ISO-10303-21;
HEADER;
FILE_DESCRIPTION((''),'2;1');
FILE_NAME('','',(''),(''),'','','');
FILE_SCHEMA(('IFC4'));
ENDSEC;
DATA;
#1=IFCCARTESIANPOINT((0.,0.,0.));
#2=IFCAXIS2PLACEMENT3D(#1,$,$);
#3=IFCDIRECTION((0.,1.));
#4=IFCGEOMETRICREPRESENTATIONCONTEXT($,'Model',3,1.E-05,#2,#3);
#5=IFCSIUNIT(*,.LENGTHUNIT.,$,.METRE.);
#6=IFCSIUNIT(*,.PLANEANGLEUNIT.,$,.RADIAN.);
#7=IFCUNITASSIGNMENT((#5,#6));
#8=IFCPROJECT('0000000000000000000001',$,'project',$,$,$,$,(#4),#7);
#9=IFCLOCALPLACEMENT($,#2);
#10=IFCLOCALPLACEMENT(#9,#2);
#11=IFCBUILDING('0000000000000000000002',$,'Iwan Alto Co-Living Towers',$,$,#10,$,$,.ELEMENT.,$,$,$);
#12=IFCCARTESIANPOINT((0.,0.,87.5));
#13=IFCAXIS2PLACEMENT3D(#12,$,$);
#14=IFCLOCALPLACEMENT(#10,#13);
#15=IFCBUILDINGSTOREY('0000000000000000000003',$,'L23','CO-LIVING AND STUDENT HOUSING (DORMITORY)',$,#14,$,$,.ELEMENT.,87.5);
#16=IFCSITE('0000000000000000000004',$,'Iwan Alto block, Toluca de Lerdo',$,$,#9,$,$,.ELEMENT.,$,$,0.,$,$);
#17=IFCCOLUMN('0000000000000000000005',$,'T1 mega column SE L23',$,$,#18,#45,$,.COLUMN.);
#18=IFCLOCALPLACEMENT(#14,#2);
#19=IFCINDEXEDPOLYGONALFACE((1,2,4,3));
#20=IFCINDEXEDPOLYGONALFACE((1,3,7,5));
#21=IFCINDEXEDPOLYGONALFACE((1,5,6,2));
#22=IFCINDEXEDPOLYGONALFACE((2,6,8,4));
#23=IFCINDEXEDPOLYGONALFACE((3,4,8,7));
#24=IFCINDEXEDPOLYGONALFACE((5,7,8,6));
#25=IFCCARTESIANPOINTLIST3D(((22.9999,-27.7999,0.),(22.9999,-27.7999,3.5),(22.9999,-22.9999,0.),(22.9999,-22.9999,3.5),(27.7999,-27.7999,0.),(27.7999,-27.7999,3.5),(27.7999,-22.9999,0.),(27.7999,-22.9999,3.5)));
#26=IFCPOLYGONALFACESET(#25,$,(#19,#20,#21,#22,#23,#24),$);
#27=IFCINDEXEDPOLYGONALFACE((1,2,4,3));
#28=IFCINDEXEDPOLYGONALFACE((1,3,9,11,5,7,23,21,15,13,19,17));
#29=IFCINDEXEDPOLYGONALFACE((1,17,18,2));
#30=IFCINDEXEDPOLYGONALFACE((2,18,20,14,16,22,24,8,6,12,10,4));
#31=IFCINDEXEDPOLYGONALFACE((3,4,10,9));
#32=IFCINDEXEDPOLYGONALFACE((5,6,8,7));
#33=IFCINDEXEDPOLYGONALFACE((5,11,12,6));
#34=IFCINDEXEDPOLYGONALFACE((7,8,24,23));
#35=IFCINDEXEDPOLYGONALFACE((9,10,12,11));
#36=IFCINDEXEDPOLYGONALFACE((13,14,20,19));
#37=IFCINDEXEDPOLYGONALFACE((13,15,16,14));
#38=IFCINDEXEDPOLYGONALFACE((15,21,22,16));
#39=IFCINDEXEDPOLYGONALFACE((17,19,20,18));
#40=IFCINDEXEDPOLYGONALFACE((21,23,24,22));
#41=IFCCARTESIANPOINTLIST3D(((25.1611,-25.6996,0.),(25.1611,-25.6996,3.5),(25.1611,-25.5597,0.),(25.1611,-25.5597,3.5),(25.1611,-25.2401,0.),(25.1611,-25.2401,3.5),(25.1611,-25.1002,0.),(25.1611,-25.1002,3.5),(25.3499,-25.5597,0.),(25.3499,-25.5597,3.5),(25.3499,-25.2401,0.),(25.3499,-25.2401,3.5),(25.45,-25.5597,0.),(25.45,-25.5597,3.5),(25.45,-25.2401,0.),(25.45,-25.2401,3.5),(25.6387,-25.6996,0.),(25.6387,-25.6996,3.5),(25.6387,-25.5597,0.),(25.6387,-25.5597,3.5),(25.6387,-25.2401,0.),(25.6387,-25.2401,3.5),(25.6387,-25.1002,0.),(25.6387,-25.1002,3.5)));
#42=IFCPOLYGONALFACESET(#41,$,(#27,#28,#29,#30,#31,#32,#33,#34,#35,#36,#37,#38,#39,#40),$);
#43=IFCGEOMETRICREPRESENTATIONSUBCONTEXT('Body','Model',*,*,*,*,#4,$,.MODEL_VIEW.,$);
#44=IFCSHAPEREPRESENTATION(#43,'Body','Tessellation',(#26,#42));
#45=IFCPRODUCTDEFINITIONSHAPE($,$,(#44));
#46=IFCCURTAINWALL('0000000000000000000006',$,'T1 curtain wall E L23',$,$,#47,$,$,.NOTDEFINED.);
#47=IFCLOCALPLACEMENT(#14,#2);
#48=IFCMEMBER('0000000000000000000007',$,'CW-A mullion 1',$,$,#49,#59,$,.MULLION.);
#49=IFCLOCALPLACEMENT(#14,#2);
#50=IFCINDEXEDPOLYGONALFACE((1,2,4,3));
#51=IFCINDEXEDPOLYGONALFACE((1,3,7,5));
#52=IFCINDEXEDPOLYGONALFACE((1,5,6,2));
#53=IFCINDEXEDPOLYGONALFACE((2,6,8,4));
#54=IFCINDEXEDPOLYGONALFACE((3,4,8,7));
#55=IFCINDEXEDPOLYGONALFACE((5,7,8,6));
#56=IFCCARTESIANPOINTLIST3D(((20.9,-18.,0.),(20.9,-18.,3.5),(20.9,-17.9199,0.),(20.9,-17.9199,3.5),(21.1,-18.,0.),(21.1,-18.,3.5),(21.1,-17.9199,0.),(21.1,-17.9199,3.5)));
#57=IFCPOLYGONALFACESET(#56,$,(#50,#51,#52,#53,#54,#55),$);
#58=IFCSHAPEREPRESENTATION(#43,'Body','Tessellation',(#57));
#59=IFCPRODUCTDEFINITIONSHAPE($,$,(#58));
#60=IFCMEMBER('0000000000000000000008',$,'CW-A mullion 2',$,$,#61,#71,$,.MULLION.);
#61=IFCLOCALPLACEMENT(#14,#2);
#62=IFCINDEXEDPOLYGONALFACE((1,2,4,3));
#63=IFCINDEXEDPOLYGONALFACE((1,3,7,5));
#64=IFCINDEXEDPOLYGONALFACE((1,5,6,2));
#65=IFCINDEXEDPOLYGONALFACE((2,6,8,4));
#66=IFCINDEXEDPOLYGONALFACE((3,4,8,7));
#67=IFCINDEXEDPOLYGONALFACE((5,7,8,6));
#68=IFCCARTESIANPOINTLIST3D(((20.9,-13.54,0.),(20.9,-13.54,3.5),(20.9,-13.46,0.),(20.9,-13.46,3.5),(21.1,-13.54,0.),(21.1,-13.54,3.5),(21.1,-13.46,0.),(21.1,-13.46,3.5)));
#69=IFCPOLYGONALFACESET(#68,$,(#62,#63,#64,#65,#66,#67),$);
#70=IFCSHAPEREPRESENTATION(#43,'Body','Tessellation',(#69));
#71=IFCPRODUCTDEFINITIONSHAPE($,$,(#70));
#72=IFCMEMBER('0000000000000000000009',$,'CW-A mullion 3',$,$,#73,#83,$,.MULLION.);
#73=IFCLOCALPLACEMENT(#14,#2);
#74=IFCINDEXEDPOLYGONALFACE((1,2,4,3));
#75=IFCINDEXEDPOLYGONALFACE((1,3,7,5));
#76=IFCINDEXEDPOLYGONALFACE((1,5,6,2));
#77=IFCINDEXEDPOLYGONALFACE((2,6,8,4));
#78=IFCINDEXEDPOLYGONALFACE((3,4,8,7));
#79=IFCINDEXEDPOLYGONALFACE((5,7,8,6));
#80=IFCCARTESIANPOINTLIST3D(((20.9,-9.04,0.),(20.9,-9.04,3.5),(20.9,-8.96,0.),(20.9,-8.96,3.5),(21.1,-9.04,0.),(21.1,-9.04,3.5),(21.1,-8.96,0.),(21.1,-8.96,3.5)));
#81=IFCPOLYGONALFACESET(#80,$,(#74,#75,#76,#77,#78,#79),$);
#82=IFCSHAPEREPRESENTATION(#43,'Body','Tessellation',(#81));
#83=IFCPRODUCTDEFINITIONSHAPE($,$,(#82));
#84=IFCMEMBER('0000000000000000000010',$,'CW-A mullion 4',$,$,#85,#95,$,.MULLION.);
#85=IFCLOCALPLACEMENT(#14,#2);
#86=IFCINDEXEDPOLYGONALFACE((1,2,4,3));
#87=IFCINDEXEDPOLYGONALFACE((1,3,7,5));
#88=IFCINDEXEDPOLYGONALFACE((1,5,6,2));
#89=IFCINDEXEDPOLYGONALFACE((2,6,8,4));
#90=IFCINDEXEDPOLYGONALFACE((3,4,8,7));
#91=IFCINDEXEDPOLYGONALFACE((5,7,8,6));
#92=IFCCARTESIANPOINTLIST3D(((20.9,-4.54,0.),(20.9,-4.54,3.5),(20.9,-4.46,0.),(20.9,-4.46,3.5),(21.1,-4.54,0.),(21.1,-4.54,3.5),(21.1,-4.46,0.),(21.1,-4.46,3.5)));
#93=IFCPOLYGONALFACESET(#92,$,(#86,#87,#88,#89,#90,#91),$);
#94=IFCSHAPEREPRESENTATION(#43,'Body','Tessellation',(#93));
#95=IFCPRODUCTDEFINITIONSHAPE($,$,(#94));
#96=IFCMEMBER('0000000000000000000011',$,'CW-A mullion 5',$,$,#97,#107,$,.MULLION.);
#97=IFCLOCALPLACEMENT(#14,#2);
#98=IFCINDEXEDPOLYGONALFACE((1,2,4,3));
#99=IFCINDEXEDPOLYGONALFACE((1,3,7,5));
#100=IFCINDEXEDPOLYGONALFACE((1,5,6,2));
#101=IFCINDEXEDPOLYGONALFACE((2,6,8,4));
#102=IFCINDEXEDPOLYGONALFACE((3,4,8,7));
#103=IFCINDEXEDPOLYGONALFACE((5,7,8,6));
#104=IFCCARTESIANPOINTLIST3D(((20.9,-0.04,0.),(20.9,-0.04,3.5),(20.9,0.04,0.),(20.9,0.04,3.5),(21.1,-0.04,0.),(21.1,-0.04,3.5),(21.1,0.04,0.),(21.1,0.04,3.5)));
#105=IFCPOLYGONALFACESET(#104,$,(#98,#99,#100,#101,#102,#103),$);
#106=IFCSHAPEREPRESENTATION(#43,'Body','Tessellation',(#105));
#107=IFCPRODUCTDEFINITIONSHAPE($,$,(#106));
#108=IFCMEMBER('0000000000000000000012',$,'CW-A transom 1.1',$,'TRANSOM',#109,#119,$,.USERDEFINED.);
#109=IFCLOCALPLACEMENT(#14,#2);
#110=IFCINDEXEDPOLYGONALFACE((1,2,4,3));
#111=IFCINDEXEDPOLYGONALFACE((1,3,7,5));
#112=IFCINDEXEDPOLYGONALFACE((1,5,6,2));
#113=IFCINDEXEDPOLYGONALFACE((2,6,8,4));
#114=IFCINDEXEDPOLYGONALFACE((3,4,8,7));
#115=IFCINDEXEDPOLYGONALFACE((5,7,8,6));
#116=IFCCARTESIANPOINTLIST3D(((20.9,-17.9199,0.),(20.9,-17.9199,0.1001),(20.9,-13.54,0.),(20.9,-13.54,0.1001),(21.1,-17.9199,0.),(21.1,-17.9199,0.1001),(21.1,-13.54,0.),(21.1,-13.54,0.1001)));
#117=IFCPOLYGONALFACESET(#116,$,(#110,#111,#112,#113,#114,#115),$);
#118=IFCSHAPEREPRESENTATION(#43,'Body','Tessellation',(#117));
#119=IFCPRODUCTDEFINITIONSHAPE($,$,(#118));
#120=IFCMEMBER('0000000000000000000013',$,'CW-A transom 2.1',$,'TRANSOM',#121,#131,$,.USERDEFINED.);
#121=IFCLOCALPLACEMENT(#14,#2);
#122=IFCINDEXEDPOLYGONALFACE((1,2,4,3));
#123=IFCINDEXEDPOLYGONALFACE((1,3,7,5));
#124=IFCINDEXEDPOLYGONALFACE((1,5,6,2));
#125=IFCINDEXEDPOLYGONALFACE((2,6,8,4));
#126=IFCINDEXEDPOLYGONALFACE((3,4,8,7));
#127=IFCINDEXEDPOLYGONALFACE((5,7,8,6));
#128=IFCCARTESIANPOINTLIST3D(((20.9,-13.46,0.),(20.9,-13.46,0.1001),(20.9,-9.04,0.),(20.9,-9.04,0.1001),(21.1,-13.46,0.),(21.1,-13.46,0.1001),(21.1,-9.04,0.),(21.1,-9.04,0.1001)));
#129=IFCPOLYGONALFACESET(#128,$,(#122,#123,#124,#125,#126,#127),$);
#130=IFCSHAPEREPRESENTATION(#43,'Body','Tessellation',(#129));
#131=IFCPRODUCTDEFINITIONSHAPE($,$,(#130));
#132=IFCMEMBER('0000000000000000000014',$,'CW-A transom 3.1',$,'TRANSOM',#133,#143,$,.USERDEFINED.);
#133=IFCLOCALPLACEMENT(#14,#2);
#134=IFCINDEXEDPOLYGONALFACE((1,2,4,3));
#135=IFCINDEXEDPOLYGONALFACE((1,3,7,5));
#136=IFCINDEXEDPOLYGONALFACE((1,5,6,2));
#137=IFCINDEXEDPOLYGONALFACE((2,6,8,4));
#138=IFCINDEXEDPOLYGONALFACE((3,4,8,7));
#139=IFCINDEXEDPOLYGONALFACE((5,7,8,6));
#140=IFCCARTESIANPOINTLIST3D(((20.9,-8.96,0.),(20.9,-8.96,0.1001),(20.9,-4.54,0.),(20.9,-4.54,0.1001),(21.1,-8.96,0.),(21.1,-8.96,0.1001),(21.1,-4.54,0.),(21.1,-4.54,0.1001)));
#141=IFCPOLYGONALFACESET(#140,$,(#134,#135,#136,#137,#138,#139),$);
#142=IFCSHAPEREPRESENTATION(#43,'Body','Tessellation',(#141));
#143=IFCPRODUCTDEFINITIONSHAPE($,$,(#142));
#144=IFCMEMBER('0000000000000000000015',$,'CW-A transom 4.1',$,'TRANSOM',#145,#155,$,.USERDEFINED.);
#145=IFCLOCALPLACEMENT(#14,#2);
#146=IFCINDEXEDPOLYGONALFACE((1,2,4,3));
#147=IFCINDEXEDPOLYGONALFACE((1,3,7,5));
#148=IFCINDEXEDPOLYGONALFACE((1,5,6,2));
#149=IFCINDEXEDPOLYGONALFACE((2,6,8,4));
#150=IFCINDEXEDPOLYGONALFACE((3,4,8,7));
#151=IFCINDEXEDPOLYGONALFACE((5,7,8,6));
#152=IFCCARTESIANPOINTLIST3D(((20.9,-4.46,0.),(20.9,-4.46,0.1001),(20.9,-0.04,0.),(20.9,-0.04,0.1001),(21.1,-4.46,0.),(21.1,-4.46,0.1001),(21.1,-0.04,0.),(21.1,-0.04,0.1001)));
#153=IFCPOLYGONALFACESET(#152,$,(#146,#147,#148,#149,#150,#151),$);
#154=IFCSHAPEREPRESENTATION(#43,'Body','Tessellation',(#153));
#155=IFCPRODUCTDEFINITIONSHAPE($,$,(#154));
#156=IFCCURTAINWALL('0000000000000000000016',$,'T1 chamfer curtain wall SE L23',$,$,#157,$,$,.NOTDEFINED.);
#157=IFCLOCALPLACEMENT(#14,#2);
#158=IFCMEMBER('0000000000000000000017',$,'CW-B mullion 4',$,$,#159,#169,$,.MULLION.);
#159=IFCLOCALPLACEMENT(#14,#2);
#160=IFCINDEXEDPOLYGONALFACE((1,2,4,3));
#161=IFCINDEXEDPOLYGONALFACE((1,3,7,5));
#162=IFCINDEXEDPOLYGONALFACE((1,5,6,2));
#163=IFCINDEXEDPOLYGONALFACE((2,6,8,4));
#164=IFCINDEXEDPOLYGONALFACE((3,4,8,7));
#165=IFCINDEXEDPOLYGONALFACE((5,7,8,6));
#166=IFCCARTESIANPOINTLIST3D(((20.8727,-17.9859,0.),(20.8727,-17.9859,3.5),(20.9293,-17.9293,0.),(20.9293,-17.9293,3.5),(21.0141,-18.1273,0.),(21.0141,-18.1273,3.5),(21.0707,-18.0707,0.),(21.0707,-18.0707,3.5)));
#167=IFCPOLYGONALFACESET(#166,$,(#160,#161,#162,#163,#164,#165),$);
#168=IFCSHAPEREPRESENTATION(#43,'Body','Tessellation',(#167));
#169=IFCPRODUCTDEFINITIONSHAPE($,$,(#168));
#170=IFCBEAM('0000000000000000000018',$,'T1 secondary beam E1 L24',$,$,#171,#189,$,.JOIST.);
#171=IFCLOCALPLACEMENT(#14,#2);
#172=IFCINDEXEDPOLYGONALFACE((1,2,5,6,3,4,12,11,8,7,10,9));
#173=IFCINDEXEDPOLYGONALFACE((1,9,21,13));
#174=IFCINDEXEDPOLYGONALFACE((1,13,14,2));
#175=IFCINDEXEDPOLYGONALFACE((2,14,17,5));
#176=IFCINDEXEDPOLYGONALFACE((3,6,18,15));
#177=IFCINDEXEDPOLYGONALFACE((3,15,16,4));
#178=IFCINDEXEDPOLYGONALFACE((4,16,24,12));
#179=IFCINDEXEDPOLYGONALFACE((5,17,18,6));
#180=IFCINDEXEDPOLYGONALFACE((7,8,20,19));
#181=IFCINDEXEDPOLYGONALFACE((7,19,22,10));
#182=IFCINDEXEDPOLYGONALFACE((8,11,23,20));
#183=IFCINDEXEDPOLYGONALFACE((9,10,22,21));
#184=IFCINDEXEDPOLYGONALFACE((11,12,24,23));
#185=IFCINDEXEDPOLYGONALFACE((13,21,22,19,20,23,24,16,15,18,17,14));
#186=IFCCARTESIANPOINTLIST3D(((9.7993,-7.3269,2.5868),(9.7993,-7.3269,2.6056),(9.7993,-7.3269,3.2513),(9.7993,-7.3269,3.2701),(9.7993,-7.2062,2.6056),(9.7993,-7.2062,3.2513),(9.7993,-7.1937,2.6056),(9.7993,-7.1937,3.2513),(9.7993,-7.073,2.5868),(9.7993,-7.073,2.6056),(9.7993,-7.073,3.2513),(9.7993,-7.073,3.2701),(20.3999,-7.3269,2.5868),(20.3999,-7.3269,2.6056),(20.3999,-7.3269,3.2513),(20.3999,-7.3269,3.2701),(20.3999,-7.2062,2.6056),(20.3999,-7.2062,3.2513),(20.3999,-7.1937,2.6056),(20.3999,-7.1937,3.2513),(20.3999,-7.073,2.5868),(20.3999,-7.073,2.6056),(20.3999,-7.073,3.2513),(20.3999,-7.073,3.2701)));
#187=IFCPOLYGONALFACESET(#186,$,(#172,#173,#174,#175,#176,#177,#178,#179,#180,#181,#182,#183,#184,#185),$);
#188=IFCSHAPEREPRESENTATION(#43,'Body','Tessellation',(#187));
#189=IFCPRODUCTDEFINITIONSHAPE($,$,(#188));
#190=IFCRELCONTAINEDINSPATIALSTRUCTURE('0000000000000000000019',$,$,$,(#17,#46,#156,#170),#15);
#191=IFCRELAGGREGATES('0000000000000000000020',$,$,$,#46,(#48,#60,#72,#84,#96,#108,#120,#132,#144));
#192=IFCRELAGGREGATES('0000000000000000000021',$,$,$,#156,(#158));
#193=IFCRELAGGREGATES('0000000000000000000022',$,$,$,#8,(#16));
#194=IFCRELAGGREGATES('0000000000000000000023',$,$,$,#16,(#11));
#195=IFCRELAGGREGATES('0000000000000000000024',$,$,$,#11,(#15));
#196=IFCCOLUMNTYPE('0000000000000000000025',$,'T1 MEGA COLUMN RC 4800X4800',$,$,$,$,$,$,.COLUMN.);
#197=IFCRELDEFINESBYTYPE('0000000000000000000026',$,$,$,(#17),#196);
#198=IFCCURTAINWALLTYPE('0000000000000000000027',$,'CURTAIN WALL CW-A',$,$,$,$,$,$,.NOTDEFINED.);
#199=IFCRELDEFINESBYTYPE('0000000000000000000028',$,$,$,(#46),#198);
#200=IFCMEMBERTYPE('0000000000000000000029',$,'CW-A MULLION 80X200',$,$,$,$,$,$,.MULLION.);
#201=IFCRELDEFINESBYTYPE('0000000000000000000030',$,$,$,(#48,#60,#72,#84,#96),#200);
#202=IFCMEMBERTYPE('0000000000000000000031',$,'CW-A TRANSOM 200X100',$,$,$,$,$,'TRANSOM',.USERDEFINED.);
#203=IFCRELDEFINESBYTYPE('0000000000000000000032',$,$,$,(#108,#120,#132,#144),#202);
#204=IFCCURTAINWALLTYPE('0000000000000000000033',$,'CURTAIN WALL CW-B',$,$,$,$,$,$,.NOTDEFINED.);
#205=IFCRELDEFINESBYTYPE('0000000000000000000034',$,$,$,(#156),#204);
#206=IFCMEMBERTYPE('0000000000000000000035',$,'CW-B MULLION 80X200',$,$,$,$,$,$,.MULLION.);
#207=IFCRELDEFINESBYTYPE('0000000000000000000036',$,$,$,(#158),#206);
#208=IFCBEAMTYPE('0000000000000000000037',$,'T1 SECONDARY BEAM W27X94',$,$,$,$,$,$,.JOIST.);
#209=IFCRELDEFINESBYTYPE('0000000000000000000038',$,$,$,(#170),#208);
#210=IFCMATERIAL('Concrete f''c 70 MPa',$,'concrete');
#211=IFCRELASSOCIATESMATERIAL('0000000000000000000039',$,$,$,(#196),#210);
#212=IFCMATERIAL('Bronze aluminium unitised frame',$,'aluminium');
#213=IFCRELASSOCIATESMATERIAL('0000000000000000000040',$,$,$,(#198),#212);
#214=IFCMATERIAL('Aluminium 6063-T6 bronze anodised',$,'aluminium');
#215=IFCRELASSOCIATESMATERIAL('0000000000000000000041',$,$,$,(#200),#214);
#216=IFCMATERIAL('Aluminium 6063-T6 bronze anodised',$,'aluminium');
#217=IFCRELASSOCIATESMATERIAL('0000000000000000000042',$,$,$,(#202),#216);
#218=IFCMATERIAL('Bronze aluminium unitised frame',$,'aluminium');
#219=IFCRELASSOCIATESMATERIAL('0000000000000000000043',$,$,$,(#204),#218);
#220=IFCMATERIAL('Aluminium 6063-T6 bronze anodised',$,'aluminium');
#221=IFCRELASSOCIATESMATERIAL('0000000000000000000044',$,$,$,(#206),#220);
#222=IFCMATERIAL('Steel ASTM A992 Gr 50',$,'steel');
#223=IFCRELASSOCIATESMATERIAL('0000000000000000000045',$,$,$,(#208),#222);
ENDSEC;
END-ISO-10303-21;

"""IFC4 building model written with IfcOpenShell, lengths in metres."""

from ifc_helpers import new_model, si_unit, direction, frame, origin, origin_2d, place, context, subcontext, project, spatial, rectangle, i_section, extrude, material, material_profile, profile_set, type_object, element, aggregate, save


model = new_model("IFC4")

# Units and contexts
model_context = context("Model", 3, precision=1e-05, world=origin(), true_north=direction((0.0, 1.0)))
body_context = subcontext(model_context, "Body", "Model", "MODEL_VIEW")
ifc_project = project(units=[si_unit("LENGTHUNIT", "METRE"), si_unit("PLANEANGLEUNIT", "RADIAN")], contexts=[model_context])

# Site, building, storey
site_placement = place(None, origin())
site = spatial("IfcSite", under=ifc_project, at=site_placement, Name="Iwan Alto block, Toluca de Lerdo", CompositionType="ELEMENT", RefElevation=0.0)
building_placement = place(site_placement, origin())
building = spatial("IfcBuilding", under=site, at=building_placement, Name="Iwan Alto Co-Living Towers", CompositionType="ELEMENT")
storey_placement = place(building_placement, frame((0.0, 0.0, 87.5)))
storey = spatial("IfcBuildingStorey", under=building, at=storey_placement, Name="L23", Description="CO-LIVING AND STUDENT HOUSING (DORMITORY)", CompositionType="ELEMENT", Elevation=87.5)

# Column
ifc_material_1 = material(Name="Concrete f'c 70 MPa", Category="concrete")
ifc_material_profile_1 = material_profile(ifc_material_1, rectangle(XDim=4.8, YDim=4.8, at=origin_2d()), Name="RC 4800X4800")
ifc_profile_set_1 = profile_set([ifc_material_profile_1], Name="Concrete f'c 70 MPa")
column_type = type_object("IfcColumnType", Name="T1 MEGA COLUMN RC 4800X4800", PredefinedType="COLUMN", material=ifc_profile_set_1)
column_placement = place(storey_placement, frame((25.3999, -25.3999, 0.0), z_axis=(0.0, 0.0, 1.0), x_axis=(1.0, 0.0, 0.0)))
element("IfcColumn", 1, at=column_placement, inside=storey, type_object=column_type, Name="T1 mega column SE L23", PredefinedType="COLUMN", context=body_context, shape_type="SweptSolid", body=[
    extrude(rectangle(XDim=4.8, YDim=4.8, at=origin_2d()), origin(), (0.0, 0.0, 1.0), 3.5),
    extrude(i_section(OverallWidth=0.4775, OverallDepth=0.5994, WebThickness=0.1001, FlangeThickness=0.1399, at=origin_2d()), origin(), (0.0, 0.0, 1.0), 3.5),
])

# Curtain wall, members
ifc_material_2 = material(Name="Bronze aluminium unitised frame", Category="aluminium")
curtain_wall_type_1 = type_object("IfcCurtainWallType", Name="CURTAIN WALL CW-A", PredefinedType="NOTDEFINED", material=ifc_material_2)
curtain_wall_1_placement = place(storey_placement, origin())
curtain_wall_1 = element("IfcCurtainWall", 2, at=curtain_wall_1_placement, inside=storey, type_object=curtain_wall_type_1, Name="T1 curtain wall E L23", PredefinedType="NOTDEFINED")
ifc_material_3 = material(Name="Aluminium 6063-T6 bronze anodised", Category="aluminium")
ifc_material_profile_2 = material_profile(ifc_material_3, rectangle(XDim=0.2, YDim=0.0801, at=origin_2d()), Name="AL 80X200")
ifc_profile_set_2 = profile_set([ifc_material_profile_2], Name="Aluminium 6063-T6 bronze anodised")
member_type_1 = type_object("IfcMemberType", Name="CW-A MULLION 80X200", PredefinedType="MULLION", material=ifc_profile_set_2)
member_1_placement = place(storey_placement, frame((21.0, -17.96, 0.0), z_axis=(0.0, 0.0, 1.0), x_axis=(-1.0, 0.0, 0.0)))
member_1 = element("IfcMember", 3, at=member_1_placement, type_object=member_type_1, Name="CW-A mullion 1", PredefinedType="MULLION", context=body_context, shape_type="SweptSolid", body=[
    extrude(rectangle(XDim=0.2, YDim=0.0801, at=origin_2d()), origin(), (0.0, 0.0, 1.0), 3.5),
])
member_2_placement = place(storey_placement, frame((21.0, -13.5, 0.0), z_axis=(0.0, 0.0, 1.0), x_axis=(-1.0, 0.0, 0.0)))
member_2 = element("IfcMember", 4, at=member_2_placement, type_object=member_type_1, Name="CW-A mullion 2", PredefinedType="MULLION", context=body_context, shape_type="SweptSolid", body=[
    extrude(rectangle(XDim=0.2, YDim=0.0801, at=origin_2d()), origin(), (0.0, 0.0, 1.0), 3.5),
])
member_3_placement = place(storey_placement, frame((21.0, -9.0, 0.0), z_axis=(0.0, 0.0, 1.0), x_axis=(-1.0, 0.0, 0.0)))
member_3 = element("IfcMember", 5, at=member_3_placement, type_object=member_type_1, Name="CW-A mullion 3", PredefinedType="MULLION", context=body_context, shape_type="SweptSolid", body=[
    extrude(rectangle(XDim=0.2, YDim=0.0801, at=origin_2d()), origin(), (0.0, 0.0, 1.0), 3.5),
])
member_4_placement = place(storey_placement, frame((21.0, -4.5, 0.0), z_axis=(0.0, 0.0, 1.0), x_axis=(-1.0, 0.0, 0.0)))
member_4 = element("IfcMember", 6, at=member_4_placement, type_object=member_type_1, Name="CW-A mullion 4", PredefinedType="MULLION", context=body_context, shape_type="SweptSolid", body=[
    extrude(rectangle(XDim=0.2, YDim=0.0801, at=origin_2d()), origin(), (0.0, 0.0, 1.0), 3.5),
])
member_5_placement = place(storey_placement, frame((21.0, 0.0, 0.0), z_axis=(0.0, 0.0, 1.0), x_axis=(-1.0, 0.0, 0.0)))
member_5 = element("IfcMember", 7, at=member_5_placement, type_object=member_type_1, Name="CW-A mullion 5", PredefinedType="MULLION", context=body_context, shape_type="SweptSolid", body=[
    extrude(rectangle(XDim=0.2, YDim=0.0801, at=origin_2d()), origin(), (0.0, 0.0, 1.0), 3.5),
])
ifc_material_4 = material(Name="Aluminium 6063-T6 bronze anodised", Category="aluminium")
ifc_material_profile_3 = material_profile(ifc_material_4, rectangle(XDim=0.2, YDim=0.1001, at=origin_2d()), Name="AL 200X100")
ifc_profile_set_3 = profile_set([ifc_material_profile_3], Name="Aluminium 6063-T6 bronze anodised")
member_type_2 = type_object("IfcMemberType", Name="CW-A TRANSOM 200X100", ElementType="TRANSOM", PredefinedType="USERDEFINED", material=ifc_profile_set_3)
member_6_placement = place(storey_placement, frame((21.0, -17.9199, 0.05), z_axis=(0.0, 1.0, 0.0), x_axis=(-1.0, 0.0, 0.0)))
member_6 = element("IfcMember", 8, at=member_6_placement, type_object=member_type_2, Name="CW-A transom 1.1", ObjectType="TRANSOM", PredefinedType="USERDEFINED", context=body_context, shape_type="SweptSolid", body=[
    extrude(rectangle(XDim=0.2, YDim=0.1001, at=origin_2d()), origin(), (0.0, 0.0, 1.0), 4.3799),
])
member_7_placement = place(storey_placement, frame((21.0, -13.46, 0.05), z_axis=(0.0, 1.0, 0.0), x_axis=(-1.0, 0.0, 0.0)))
member_7 = element("IfcMember", 9, at=member_7_placement, type_object=member_type_2, Name="CW-A transom 2.1", ObjectType="TRANSOM", PredefinedType="USERDEFINED", context=body_context, shape_type="SweptSolid", body=[
    extrude(rectangle(XDim=0.2, YDim=0.1001, at=origin_2d()), origin(), (0.0, 0.0, 1.0), 4.4199),
])
member_8_placement = place(storey_placement, frame((21.0, -8.96, 0.05), z_axis=(0.0, 1.0, 0.0), x_axis=(-1.0, 0.0, 0.0)))
member_8 = element("IfcMember", 10, at=member_8_placement, type_object=member_type_2, Name="CW-A transom 3.1", ObjectType="TRANSOM", PredefinedType="USERDEFINED", context=body_context, shape_type="SweptSolid", body=[
    extrude(rectangle(XDim=0.2, YDim=0.1001, at=origin_2d()), origin(), (0.0, 0.0, 1.0), 4.4199),
])
member_9_placement = place(storey_placement, frame((21.0, -4.46, 0.05), z_axis=(0.0, 1.0, 0.0), x_axis=(-1.0, 0.0, 0.0)))
member_9 = element("IfcMember", 11, at=member_9_placement, type_object=member_type_2, Name="CW-A transom 4.1", ObjectType="TRANSOM", PredefinedType="USERDEFINED", context=body_context, shape_type="SweptSolid", body=[
    extrude(rectangle(XDim=0.2, YDim=0.1001, at=origin_2d()), origin(), (0.0, 0.0, 1.0), 4.4199),
])

# Curtain wall, member
ifc_material_5 = material(Name="Bronze aluminium unitised frame", Category="aluminium")
curtain_wall_type_2 = type_object("IfcCurtainWallType", Name="CURTAIN WALL CW-B", PredefinedType="NOTDEFINED", material=ifc_material_5)
curtain_wall_2_placement = place(storey_placement, origin())
curtain_wall_2 = element("IfcCurtainWall", 12, at=curtain_wall_2_placement, inside=storey, type_object=curtain_wall_type_2, Name="T1 chamfer curtain wall SE L23", PredefinedType="NOTDEFINED")
ifc_material_6 = material(Name="Aluminium 6063-T6 bronze anodised", Category="aluminium")
ifc_material_profile_4 = material_profile(ifc_material_6, rectangle(XDim=0.2, YDim=0.0801, at=origin_2d()), Name="AL 80X200")
ifc_profile_set_4 = profile_set([ifc_material_profile_4], Name="Aluminium 6063-T6 bronze anodised")
member_type_3 = type_object("IfcMemberType", Name="CW-B MULLION 80X200", PredefinedType="MULLION", material=ifc_profile_set_4)
member_10_placement = place(storey_placement, frame((20.9717, -18.0283, 0.0), z_axis=(0.0, 0.0, 1.0), x_axis=(-0.707107, 0.707107, 0.0)))
member_10 = element("IfcMember", 13, at=member_10_placement, type_object=member_type_3, Name="CW-B mullion 4", PredefinedType="MULLION", context=body_context, shape_type="SweptSolid", body=[
    extrude(rectangle(XDim=0.2, YDim=0.0801, at=origin_2d()), origin(), (0.0, 0.0, 1.0), 3.5),
])

# Beam
ifc_material_7 = material(Name="Steel ASTM A992 Gr 50", Category="steel")
ifc_material_profile_5 = material_profile(ifc_material_7, i_section(OverallWidth=0.2539, OverallDepth=0.6833, WebThickness=0.0125, FlangeThickness=0.0188, at=origin_2d()), Name="W27X94")
ifc_profile_set_5 = profile_set([ifc_material_profile_5], Name="Steel ASTM A992 Gr 50")
beam_type = type_object("IfcBeamType", Name="T1 SECONDARY BEAM W27X94", PredefinedType="JOIST", material=ifc_profile_set_5)
for number, where, z_axis, x_axis, name in (
    (14, (20.3999, -7.2, 2.9285), (-1.0, 0.0, 0.0), (0.0, -1.0, 0.0), "T1 secondary beam E1 L24"),
):
    element("IfcBeam", number, at=place(storey_placement, frame(where, z_axis=z_axis, x_axis=x_axis)), inside=storey, type_object=beam_type, Name=name, PredefinedType="JOIST", context=body_context, shape_type="SweptSolid", body=[
        extrude(i_section(OverallWidth=0.2539, OverallDepth=0.6833, WebThickness=0.0125, FlangeThickness=0.0188, at=origin_2d()), origin(), (0.0, 0.0, 1.0), 10.6006),
    ])

aggregate(curtain_wall_1, [member_1, member_2, member_3, member_4, member_5, member_6, member_7, member_8, member_9])
aggregate(curtain_wall_2, [member_10])

save(model, "model.ifc")
